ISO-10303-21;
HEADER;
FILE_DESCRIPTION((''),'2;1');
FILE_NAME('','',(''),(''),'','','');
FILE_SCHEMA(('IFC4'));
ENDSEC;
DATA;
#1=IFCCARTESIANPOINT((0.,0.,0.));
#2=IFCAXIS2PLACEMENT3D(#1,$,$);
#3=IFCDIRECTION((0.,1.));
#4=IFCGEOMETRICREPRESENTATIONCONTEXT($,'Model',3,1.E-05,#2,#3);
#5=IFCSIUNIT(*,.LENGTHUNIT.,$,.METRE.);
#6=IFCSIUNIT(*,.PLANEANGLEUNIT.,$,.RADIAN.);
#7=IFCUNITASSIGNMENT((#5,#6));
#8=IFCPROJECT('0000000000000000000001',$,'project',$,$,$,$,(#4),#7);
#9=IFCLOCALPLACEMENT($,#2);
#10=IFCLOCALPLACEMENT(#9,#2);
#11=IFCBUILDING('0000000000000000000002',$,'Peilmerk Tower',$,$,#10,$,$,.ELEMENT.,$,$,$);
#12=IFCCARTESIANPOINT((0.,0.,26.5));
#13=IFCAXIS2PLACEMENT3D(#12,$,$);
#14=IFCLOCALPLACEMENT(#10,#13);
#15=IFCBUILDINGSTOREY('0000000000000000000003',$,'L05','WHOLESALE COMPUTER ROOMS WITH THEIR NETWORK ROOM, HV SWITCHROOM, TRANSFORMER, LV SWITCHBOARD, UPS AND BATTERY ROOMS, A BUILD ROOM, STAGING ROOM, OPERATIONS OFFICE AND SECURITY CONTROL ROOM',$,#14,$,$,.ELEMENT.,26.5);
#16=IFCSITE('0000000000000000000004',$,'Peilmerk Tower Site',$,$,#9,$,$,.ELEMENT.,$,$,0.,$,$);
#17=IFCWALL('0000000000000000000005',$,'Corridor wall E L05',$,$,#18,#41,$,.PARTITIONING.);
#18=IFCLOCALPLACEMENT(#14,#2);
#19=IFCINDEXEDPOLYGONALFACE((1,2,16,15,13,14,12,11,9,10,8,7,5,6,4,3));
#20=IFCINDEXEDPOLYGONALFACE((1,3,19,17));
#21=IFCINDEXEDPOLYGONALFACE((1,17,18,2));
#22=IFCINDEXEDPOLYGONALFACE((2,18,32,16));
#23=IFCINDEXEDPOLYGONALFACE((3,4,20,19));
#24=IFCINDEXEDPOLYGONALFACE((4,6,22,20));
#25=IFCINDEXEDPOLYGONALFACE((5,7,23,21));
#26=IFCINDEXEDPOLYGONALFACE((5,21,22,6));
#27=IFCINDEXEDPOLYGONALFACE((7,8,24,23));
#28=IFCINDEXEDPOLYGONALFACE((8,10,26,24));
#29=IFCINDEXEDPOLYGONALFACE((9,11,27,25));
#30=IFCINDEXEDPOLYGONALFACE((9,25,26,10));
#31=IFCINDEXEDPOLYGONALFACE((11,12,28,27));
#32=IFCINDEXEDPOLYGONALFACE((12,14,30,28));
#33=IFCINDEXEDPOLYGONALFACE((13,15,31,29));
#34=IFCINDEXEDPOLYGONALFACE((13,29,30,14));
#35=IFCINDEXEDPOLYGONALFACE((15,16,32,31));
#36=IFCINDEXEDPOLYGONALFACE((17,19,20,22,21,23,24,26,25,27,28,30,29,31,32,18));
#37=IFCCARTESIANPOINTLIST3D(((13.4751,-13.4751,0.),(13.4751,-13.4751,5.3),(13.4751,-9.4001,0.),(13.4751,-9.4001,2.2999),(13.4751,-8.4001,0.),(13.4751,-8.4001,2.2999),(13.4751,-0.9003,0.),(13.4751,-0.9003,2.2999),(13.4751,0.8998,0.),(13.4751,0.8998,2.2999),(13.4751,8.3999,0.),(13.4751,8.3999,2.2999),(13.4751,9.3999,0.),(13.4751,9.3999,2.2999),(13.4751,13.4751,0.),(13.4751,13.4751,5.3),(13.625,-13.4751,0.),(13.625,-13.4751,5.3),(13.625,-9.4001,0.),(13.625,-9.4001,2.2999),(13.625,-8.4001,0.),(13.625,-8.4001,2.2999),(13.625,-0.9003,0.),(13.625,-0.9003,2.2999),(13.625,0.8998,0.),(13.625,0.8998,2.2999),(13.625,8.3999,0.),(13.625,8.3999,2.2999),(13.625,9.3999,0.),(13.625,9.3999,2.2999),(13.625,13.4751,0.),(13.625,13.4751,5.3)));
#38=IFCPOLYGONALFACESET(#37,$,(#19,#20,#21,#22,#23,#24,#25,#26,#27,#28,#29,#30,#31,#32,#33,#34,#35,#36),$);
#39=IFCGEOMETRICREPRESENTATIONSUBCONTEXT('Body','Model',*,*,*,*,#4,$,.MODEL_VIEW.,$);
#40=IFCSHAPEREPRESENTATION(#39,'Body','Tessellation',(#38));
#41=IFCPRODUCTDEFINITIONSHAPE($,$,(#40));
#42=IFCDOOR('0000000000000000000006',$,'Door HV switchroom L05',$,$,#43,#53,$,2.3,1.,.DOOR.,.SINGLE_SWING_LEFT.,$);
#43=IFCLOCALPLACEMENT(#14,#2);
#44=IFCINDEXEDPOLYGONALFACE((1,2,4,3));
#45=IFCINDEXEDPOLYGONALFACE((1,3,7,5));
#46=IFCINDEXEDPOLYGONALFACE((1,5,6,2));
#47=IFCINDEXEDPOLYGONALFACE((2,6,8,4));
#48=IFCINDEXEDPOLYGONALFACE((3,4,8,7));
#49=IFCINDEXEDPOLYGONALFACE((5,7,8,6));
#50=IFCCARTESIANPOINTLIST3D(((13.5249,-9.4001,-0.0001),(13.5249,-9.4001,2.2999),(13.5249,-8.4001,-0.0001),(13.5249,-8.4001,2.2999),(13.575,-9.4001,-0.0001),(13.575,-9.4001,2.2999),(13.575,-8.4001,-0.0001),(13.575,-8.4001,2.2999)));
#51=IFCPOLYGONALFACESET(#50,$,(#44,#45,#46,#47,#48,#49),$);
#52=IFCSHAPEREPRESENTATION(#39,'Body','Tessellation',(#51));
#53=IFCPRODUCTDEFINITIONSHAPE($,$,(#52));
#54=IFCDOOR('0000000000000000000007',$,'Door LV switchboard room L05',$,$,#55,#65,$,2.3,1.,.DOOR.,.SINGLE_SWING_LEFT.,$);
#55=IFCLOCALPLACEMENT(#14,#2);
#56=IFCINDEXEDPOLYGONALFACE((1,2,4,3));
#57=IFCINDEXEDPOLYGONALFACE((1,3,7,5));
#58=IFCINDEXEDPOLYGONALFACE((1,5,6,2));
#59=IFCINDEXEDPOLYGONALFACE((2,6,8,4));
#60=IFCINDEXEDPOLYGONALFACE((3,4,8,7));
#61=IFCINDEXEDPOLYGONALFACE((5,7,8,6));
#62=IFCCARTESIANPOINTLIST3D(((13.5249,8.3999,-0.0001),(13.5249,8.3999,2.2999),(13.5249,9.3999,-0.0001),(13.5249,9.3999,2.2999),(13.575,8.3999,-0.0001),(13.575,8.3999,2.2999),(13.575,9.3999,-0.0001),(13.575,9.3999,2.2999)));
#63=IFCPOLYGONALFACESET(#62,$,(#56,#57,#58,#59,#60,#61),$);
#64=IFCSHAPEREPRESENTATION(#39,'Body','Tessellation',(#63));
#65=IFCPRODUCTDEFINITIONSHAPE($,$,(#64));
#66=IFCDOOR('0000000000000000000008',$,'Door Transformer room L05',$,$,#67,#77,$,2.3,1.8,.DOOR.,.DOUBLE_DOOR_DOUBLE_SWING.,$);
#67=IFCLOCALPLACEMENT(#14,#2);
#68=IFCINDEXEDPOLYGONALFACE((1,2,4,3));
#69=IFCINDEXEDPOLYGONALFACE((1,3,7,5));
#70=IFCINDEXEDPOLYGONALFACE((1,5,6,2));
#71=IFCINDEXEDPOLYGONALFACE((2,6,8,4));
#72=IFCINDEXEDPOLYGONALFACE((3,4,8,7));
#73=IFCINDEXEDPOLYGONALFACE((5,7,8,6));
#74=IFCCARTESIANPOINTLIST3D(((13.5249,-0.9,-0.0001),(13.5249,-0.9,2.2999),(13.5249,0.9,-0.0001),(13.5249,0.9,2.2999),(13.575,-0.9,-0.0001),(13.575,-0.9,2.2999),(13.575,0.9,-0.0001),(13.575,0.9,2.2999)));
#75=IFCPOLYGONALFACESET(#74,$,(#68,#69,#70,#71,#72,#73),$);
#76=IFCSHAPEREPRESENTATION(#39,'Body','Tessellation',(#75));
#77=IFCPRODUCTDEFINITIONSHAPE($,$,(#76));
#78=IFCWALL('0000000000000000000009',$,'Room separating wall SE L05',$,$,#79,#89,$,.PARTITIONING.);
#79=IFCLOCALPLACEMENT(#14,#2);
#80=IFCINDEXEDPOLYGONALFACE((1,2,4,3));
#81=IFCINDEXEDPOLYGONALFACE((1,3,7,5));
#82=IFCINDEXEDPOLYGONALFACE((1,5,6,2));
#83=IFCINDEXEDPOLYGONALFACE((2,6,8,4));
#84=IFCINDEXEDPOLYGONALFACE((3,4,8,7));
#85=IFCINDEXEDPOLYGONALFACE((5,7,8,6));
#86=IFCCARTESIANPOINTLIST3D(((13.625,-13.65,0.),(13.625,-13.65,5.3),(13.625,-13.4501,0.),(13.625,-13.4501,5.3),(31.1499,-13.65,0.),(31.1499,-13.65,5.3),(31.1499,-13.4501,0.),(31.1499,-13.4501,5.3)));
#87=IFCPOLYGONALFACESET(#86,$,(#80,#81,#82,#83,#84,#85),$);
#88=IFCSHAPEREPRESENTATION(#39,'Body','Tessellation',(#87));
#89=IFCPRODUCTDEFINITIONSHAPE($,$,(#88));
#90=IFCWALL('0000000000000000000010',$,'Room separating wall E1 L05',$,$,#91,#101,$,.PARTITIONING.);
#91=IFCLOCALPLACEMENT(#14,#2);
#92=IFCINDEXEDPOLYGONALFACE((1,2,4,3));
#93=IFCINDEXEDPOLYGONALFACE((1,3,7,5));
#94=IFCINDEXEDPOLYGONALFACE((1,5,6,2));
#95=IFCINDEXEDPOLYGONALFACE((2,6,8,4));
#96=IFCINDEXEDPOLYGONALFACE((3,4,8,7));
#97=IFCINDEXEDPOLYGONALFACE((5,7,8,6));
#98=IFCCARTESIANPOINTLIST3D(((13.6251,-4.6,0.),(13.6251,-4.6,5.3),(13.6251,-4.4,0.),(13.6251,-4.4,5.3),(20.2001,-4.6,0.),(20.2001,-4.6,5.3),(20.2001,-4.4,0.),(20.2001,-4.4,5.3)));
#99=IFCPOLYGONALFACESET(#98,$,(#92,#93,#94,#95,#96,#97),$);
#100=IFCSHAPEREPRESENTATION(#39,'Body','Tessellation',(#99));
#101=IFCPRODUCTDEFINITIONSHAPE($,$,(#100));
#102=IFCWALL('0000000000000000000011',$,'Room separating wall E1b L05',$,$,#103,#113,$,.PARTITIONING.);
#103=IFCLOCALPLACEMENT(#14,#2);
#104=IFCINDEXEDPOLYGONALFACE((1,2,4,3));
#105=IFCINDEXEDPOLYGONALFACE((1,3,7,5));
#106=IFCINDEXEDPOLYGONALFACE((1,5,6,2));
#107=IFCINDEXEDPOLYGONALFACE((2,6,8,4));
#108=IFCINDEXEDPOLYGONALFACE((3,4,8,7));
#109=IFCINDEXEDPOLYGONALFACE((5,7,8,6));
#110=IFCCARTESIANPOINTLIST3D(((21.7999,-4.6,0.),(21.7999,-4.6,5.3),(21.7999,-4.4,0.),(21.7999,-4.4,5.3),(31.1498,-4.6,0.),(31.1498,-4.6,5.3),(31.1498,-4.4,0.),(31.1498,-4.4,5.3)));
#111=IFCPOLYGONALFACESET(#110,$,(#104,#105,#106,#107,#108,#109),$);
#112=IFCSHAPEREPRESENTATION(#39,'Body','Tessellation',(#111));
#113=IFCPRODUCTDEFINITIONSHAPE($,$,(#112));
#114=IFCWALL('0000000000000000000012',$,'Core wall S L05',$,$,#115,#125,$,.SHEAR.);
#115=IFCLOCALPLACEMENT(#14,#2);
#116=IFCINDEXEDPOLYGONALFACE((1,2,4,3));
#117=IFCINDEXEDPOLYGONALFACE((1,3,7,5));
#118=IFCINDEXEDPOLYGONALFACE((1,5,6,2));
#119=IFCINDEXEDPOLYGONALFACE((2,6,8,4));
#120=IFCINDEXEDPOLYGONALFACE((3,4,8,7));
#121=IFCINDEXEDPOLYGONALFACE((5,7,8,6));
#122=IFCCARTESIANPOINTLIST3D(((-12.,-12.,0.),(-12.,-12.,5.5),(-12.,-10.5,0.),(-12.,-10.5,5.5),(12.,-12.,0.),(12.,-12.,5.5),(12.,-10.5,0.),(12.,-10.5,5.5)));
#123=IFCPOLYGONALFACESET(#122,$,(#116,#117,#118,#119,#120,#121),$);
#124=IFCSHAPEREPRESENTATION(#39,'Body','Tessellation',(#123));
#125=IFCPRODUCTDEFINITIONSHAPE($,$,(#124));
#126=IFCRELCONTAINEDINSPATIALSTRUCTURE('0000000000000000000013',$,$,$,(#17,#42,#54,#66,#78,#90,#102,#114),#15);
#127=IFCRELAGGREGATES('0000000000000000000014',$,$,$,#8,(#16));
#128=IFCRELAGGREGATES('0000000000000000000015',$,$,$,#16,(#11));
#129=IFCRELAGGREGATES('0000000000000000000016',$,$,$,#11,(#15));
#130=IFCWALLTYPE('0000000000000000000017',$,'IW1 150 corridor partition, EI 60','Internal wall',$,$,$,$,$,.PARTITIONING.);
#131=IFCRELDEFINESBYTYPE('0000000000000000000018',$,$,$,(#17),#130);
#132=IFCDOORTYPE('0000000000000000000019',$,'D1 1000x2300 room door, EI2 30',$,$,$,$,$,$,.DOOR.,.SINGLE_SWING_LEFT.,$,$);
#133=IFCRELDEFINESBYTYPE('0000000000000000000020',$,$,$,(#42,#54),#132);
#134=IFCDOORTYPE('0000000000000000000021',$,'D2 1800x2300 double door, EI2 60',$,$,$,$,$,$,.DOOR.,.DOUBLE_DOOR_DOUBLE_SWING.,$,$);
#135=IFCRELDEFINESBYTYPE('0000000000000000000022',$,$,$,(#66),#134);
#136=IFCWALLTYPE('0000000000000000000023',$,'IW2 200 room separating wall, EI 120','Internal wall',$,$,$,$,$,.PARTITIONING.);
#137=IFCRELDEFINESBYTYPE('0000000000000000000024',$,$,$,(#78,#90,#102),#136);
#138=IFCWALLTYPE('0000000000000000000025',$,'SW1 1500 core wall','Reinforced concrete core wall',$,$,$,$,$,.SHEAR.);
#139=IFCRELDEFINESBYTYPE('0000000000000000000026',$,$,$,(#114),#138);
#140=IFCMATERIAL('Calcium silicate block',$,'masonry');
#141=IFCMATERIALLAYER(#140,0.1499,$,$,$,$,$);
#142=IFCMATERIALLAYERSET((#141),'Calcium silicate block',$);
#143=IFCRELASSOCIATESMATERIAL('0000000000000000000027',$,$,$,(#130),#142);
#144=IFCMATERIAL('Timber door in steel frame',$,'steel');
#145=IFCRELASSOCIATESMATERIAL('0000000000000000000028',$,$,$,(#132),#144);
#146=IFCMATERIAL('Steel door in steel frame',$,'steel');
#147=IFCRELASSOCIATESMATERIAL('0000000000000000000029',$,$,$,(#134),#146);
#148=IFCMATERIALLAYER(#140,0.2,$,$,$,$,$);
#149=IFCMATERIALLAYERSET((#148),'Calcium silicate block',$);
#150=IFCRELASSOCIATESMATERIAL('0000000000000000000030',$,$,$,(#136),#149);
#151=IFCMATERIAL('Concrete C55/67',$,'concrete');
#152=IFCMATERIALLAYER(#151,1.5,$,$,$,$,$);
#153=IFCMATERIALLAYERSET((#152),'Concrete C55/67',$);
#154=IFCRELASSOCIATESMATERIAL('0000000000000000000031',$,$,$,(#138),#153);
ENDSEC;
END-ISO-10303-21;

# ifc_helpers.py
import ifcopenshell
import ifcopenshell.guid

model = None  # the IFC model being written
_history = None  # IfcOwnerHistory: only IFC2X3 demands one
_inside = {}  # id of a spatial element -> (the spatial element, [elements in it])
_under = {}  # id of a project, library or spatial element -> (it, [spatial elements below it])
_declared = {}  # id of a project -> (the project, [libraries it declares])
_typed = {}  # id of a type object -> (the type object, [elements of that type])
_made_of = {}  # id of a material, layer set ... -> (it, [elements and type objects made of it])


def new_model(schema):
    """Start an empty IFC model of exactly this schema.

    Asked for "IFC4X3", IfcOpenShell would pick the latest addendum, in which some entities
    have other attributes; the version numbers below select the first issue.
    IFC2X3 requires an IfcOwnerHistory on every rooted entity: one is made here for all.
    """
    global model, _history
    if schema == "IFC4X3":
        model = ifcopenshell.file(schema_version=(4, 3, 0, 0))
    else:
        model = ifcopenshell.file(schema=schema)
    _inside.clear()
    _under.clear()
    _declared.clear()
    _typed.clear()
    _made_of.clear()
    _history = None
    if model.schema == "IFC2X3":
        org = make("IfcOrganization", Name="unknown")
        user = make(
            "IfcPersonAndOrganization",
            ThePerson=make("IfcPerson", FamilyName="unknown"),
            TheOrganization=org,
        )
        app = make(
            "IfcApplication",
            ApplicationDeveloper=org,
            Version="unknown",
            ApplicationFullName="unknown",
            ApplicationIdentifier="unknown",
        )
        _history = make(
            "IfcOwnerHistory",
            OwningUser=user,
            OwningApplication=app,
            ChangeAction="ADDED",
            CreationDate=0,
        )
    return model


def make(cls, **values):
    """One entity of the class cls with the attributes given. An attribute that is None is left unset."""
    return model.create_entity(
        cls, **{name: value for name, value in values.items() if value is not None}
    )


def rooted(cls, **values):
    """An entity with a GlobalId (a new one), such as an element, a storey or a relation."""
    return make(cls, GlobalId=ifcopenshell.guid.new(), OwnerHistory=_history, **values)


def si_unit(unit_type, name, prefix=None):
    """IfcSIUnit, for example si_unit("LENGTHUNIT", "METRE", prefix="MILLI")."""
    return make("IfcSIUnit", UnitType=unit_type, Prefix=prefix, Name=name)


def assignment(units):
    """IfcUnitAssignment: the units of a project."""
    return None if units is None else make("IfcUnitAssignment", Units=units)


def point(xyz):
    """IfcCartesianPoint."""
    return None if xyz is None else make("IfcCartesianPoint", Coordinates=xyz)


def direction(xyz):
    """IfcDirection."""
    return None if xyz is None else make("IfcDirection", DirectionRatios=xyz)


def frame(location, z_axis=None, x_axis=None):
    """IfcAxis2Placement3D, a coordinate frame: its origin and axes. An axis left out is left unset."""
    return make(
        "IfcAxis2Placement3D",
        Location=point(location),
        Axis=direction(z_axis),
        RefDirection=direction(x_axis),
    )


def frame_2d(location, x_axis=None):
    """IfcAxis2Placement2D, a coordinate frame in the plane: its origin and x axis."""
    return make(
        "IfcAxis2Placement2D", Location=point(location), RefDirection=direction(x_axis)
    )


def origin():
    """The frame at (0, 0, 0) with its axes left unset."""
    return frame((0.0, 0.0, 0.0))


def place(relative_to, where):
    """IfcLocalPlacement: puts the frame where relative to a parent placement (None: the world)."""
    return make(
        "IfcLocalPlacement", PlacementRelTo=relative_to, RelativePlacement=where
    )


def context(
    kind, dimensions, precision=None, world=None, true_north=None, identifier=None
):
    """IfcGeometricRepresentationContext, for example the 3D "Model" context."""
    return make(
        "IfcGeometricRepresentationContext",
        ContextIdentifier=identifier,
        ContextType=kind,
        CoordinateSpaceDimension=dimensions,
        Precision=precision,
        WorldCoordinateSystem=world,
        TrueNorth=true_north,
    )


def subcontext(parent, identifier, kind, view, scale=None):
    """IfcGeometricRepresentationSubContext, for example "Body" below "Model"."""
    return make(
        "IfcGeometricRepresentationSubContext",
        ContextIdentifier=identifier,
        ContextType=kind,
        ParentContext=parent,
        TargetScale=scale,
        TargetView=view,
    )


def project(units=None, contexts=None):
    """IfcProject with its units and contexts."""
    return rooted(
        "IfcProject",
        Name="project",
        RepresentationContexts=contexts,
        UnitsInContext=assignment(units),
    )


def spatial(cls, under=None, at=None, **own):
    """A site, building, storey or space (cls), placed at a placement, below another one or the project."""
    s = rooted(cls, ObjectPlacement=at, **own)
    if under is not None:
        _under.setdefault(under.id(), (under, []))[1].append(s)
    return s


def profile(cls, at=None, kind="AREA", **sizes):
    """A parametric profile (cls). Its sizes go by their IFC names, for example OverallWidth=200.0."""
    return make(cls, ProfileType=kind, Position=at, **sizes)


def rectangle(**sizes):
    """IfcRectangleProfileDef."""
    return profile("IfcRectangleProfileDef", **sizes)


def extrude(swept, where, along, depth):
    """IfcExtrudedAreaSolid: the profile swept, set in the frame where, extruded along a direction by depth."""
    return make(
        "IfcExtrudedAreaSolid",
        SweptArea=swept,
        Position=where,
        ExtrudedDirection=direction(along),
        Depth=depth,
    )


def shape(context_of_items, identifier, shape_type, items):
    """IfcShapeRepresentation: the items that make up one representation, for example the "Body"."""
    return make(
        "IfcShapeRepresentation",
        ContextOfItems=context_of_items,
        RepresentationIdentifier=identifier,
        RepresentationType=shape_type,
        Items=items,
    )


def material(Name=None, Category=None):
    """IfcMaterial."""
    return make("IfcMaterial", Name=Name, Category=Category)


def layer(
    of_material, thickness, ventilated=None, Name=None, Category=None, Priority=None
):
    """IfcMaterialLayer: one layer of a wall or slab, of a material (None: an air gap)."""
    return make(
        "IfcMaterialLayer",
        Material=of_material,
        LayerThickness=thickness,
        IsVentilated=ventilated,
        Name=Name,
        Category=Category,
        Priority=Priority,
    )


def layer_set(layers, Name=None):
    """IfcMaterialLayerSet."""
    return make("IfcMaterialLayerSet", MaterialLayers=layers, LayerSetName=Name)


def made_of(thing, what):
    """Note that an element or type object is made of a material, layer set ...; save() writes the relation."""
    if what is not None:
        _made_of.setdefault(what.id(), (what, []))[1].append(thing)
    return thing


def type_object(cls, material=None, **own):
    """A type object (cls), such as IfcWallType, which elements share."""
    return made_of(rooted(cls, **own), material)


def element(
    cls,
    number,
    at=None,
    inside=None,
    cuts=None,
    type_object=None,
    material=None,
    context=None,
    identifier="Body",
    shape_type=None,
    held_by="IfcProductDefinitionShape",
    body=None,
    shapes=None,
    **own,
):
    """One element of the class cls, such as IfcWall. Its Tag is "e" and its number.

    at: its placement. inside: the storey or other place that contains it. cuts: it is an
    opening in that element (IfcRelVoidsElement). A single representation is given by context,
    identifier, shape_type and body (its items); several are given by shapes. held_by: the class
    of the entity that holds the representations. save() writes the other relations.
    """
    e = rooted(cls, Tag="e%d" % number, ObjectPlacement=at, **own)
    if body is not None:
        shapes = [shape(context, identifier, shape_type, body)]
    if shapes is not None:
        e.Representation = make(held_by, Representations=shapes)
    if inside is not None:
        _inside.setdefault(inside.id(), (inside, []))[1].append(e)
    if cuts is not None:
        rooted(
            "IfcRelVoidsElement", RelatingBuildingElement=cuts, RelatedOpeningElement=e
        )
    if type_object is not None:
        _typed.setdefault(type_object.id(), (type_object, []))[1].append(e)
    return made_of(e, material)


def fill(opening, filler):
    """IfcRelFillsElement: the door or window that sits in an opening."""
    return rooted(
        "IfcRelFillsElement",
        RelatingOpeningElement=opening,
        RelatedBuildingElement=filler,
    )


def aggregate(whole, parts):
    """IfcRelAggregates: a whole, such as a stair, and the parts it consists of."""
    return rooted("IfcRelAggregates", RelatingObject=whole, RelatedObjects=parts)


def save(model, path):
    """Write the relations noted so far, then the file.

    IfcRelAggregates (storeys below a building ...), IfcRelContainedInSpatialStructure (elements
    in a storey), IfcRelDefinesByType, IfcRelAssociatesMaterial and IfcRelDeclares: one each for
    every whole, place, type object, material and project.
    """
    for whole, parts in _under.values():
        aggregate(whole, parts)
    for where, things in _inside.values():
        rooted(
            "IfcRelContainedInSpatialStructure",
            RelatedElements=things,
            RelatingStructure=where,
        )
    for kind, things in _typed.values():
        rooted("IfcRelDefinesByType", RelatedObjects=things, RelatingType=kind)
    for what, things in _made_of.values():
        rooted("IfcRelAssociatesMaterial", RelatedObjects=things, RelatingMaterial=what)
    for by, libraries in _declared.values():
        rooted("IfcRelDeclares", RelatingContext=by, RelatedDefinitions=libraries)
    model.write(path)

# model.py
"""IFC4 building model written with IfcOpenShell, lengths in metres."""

from ifc_helpers import new_model, si_unit, direction, frame, frame_2d, origin, place, context, subcontext, project, spatial, rectangle, extrude, material, layer, layer_set, type_object, element, fill, save


model = new_model("IFC4")

# Units and contexts
model_context = context("Model", 3, precision=1e-05, world=origin(), true_north=direction((0.0, 1.0)))
body_context = subcontext(model_context, "Body", "Model", "MODEL_VIEW")
ifc_project = project(units=[si_unit("LENGTHUNIT", "METRE"), si_unit("PLANEANGLEUNIT", "RADIAN")], contexts=[model_context])

# Site, building, storey
site_placement = place(None, origin())
site = spatial("IfcSite", under=ifc_project, at=site_placement, Name="Peilmerk Tower Site", CompositionType="ELEMENT", RefElevation=0.0)
building_placement = place(site_placement, origin())
building = spatial("IfcBuilding", under=site, at=building_placement, Name="Peilmerk Tower", CompositionType="ELEMENT")
storey_placement = place(building_placement, frame((0.0, 0.0, 26.5)))
storey = spatial("IfcBuildingStorey", under=building, at=storey_placement, Name="L05", Description="WHOLESALE COMPUTER ROOMS WITH THEIR NETWORK ROOM, HV SWITCHROOM, TRANSFORMER, LV SWITCHBOARD, UPS AND BATTERY ROOMS, A BUILD ROOM, STAGING ROOM, OPERATIONS OFFICE AND SECURITY CONTROL ROOM", CompositionType="ELEMENT", Elevation=26.5)

# Wall, openings, doors
ifc_material_1 = material(Name="Calcium silicate block", Category="masonry")
ifc_layer_1 = layer(ifc_material_1, 0.1499)
ifc_layer_set_1 = layer_set([ifc_layer_1], Name="Calcium silicate block")
wall_type_1 = type_object("IfcWallType", Name="IW1 150 corridor partition, EI 60", Description="Internal wall", PredefinedType="PARTITIONING", material=ifc_layer_set_1)
ifc_material_2 = material(Name="Timber door in steel frame", Category="steel")
door_type_1 = type_object("IfcDoorType", Name="D1 1000x2300 room door, EI2 30", OperationType="SINGLE_SWING_LEFT", PredefinedType="DOOR", material=ifc_material_2)
ifc_material_3 = material(Name="Steel door in steel frame", Category="steel")
door_type_2 = type_object("IfcDoorType", Name="D2 1800x2300 double door, EI2 60", OperationType="DOUBLE_DOOR_DOUBLE_SWING", PredefinedType="DOOR", material=ifc_material_3)
wall_1_placement = place(storey_placement, frame((13.55, -13.4751, 0.0), z_axis=(0.0, 0.0, 1.0), x_axis=(0.0, 1.0, 0.0)))
wall_1 = element("IfcWall", 1, at=wall_1_placement, inside=storey, type_object=wall_type_1, Name="Corridor wall E L05", PredefinedType="PARTITIONING", context=body_context, shape_type="SweptSolid", body=[
    extrude(rectangle(XDim=26.9502, YDim=0.1499, at=frame_2d((13.4751, 0.0))), origin(), (0.0, 0.0, 1.0), 5.3),
])
opening_1_placement = place(wall_1_placement, frame((4.075, 0.0, 0.0)))
opening_1 = element("IfcOpeningElement", 2, at=opening_1_placement, cuts=wall_1, PredefinedType="OPENING", context=body_context, shape_type="SweptSolid", body=[
    extrude(rectangle(XDim=1.0, YDim=2.3, at=frame_2d((0.5, 1.1499))), frame((0.0, 0.085, 0.0), z_axis=(0.0, -1.0, 0.0), x_axis=(1.0, 0.0, 0.0)), (0.0, 0.0, 1.0), 0.1699),
])
opening_2_placement = place(wall_1_placement, frame((12.575, 0.0, 0.0)))
opening_2 = element("IfcOpeningElement", 3, at=opening_2_placement, cuts=wall_1, PredefinedType="OPENING", context=body_context, shape_type="SweptSolid", body=[
    extrude(rectangle(XDim=1.8, YDim=2.3, at=frame_2d((0.8999, 1.1499))), frame((0.0, 0.085, 0.0), z_axis=(0.0, -1.0, 0.0), x_axis=(1.0, 0.0, 0.0)), (0.0, 0.0, 1.0), 0.1699),
])
opening_3_placement = place(wall_1_placement, frame((21.875, 0.0, 0.0)))
opening_3 = element("IfcOpeningElement", 4, at=opening_3_placement, cuts=wall_1, PredefinedType="OPENING", context=body_context, shape_type="SweptSolid", body=[
    extrude(rectangle(XDim=1.0, YDim=2.3, at=frame_2d((0.5, 1.1499))), frame((0.0, 0.085, 0.0), z_axis=(0.0, -1.0, 0.0), x_axis=(1.0, 0.0, 0.0)), (0.0, 0.0, 1.0), 0.1699),
])
door_1_placement = place(opening_1_placement, frame((1.0, 0.0, 0.0), z_axis=(0.0, 0.0, 1.0), x_axis=(-1.0, 0.0, 0.0)))
door_1 = element("IfcDoor", 5, at=door_1_placement, inside=storey, type_object=door_type_1, Name="Door HV switchroom L05", OperationType="SINGLE_SWING_LEFT", OverallHeight=2.3, OverallWidth=1.0, PredefinedType="DOOR", context=body_context, shape_type="SweptSolid", body=[
    extrude(rectangle(XDim=1.0, YDim=2.3, at=frame_2d((0.5, 1.1499))), frame((0.0, 0.0249, 0.0), z_axis=(0.0, -1.0, 0.0), x_axis=(1.0, 0.0, 0.0)), (0.0, 0.0, 1.0), 0.05),
])
fill(opening_1, door_1)
door_2_placement = place(opening_3_placement, frame((1.0, 0.0, 0.0), z_axis=(0.0, 0.0, 1.0), x_axis=(-1.0, 0.0, 0.0)))
door_2 = element("IfcDoor", 6, at=door_2_placement, inside=storey, type_object=door_type_1, Name="Door LV switchboard room L05", OperationType="SINGLE_SWING_LEFT", OverallHeight=2.3, OverallWidth=1.0, PredefinedType="DOOR", context=body_context, shape_type="SweptSolid", body=[
    extrude(rectangle(XDim=1.0, YDim=2.3, at=frame_2d((0.5, 1.1499))), frame((0.0, 0.0249, 0.0), z_axis=(0.0, -1.0, 0.0), x_axis=(1.0, 0.0, 0.0)), (0.0, 0.0, 1.0), 0.05),
])
fill(opening_3, door_2)
door_3_placement = place(opening_2_placement, frame((1.8, 0.0, 0.0), z_axis=(0.0, 0.0, 1.0), x_axis=(-1.0, 0.0, 0.0)))
door_3 = element("IfcDoor", 7, at=door_3_placement, inside=storey, type_object=door_type_2, Name="Door Transformer room L05", OperationType="DOUBLE_DOOR_DOUBLE_SWING", OverallHeight=2.3, OverallWidth=1.8, PredefinedType="DOOR", context=body_context, shape_type="SweptSolid", body=[
    extrude(rectangle(XDim=1.8, YDim=2.3, at=frame_2d((0.8999, 1.1499))), frame((0.0, 0.0249, 0.0), z_axis=(0.0, -1.0, 0.0), x_axis=(1.0, 0.0, 0.0)), (0.0, 0.0, 1.0), 0.05),
])
fill(opening_2, door_3)

# Walls
ifc_layer_2 = layer(ifc_material_1, 0.2)
ifc_layer_set_2 = layer_set([ifc_layer_2], Name="Calcium silicate block")
wall_type_2 = type_object("IfcWallType", Name="IW2 200 room separating wall, EI 120", Description="Internal wall", PredefinedType="PARTITIONING", material=ifc_layer_set_2)
wall_2_placement = place(storey_placement, frame((31.1499, -13.55, 0.0), z_axis=(0.0, 0.0, 1.0), x_axis=(-1.0, 0.0, 0.0)))
element("IfcWall", 8, at=wall_2_placement, inside=storey, type_object=wall_type_2, Name="Room separating wall SE L05", PredefinedType="PARTITIONING", context=body_context, shape_type="SweptSolid", body=[
    extrude(rectangle(XDim=17.5249, YDim=0.2, at=frame_2d((8.7625, 0.0))), origin(), (0.0, 0.0, 1.0), 5.3),
])
wall_3_placement = place(storey_placement, frame((13.625, -4.5, 0.0), z_axis=(0.0, 0.0, 1.0), x_axis=(1.0, 0.0, 0.0)))
element("IfcWall", 9, at=wall_3_placement, inside=storey, type_object=wall_type_2, Name="Room separating wall E1 L05", PredefinedType="PARTITIONING", context=body_context, shape_type="SweptSolid", body=[
    extrude(rectangle(XDim=6.575, YDim=0.2, at=frame_2d((3.2876, 0.0))), origin(), (0.0, 0.0, 1.0), 5.3),
])
wall_4_placement = place(storey_placement, frame((21.8, -4.5, 0.0), z_axis=(0.0, 0.0, 1.0), x_axis=(1.0, 0.0, 0.0)))
element("IfcWall", 10, at=wall_4_placement, inside=storey, type_object=wall_type_2, Name="Room separating wall E1b L05", PredefinedType="PARTITIONING", context=body_context, shape_type="SweptSolid", body=[
    extrude(rectangle(XDim=9.3499, YDim=0.2, at=frame_2d((4.6748, 0.0))), origin(), (0.0, 0.0, 1.0), 5.3),
])
ifc_material_4 = material(Name="Concrete C55/67", Category="concrete")
ifc_layer_3 = layer(ifc_material_4, 1.5)
ifc_layer_set_3 = layer_set([ifc_layer_3], Name="Concrete C55/67")
wall_type_3 = type_object("IfcWallType", Name="SW1 1500 core wall", Description="Reinforced concrete core wall", PredefinedType="SHEAR", material=ifc_layer_set_3)
wall_5_placement = place(storey_placement, frame((12.0, -11.25, 0.0), z_axis=(0.0, 0.0, 1.0), x_axis=(-1.0, 0.0, 0.0)))
element("IfcWall", 11, at=wall_5_placement, inside=storey, type_object=wall_type_3, Name="Core wall S L05", PredefinedType="SHEAR", context=body_context, shape_type="SweptSolid", body=[
    extrude(rectangle(XDim=24.0, YDim=1.5, at=frame_2d((12.0, 0.0))), origin(), (0.0, 0.0, 1.0), 5.5),
])

save(model, "model.ifc")
